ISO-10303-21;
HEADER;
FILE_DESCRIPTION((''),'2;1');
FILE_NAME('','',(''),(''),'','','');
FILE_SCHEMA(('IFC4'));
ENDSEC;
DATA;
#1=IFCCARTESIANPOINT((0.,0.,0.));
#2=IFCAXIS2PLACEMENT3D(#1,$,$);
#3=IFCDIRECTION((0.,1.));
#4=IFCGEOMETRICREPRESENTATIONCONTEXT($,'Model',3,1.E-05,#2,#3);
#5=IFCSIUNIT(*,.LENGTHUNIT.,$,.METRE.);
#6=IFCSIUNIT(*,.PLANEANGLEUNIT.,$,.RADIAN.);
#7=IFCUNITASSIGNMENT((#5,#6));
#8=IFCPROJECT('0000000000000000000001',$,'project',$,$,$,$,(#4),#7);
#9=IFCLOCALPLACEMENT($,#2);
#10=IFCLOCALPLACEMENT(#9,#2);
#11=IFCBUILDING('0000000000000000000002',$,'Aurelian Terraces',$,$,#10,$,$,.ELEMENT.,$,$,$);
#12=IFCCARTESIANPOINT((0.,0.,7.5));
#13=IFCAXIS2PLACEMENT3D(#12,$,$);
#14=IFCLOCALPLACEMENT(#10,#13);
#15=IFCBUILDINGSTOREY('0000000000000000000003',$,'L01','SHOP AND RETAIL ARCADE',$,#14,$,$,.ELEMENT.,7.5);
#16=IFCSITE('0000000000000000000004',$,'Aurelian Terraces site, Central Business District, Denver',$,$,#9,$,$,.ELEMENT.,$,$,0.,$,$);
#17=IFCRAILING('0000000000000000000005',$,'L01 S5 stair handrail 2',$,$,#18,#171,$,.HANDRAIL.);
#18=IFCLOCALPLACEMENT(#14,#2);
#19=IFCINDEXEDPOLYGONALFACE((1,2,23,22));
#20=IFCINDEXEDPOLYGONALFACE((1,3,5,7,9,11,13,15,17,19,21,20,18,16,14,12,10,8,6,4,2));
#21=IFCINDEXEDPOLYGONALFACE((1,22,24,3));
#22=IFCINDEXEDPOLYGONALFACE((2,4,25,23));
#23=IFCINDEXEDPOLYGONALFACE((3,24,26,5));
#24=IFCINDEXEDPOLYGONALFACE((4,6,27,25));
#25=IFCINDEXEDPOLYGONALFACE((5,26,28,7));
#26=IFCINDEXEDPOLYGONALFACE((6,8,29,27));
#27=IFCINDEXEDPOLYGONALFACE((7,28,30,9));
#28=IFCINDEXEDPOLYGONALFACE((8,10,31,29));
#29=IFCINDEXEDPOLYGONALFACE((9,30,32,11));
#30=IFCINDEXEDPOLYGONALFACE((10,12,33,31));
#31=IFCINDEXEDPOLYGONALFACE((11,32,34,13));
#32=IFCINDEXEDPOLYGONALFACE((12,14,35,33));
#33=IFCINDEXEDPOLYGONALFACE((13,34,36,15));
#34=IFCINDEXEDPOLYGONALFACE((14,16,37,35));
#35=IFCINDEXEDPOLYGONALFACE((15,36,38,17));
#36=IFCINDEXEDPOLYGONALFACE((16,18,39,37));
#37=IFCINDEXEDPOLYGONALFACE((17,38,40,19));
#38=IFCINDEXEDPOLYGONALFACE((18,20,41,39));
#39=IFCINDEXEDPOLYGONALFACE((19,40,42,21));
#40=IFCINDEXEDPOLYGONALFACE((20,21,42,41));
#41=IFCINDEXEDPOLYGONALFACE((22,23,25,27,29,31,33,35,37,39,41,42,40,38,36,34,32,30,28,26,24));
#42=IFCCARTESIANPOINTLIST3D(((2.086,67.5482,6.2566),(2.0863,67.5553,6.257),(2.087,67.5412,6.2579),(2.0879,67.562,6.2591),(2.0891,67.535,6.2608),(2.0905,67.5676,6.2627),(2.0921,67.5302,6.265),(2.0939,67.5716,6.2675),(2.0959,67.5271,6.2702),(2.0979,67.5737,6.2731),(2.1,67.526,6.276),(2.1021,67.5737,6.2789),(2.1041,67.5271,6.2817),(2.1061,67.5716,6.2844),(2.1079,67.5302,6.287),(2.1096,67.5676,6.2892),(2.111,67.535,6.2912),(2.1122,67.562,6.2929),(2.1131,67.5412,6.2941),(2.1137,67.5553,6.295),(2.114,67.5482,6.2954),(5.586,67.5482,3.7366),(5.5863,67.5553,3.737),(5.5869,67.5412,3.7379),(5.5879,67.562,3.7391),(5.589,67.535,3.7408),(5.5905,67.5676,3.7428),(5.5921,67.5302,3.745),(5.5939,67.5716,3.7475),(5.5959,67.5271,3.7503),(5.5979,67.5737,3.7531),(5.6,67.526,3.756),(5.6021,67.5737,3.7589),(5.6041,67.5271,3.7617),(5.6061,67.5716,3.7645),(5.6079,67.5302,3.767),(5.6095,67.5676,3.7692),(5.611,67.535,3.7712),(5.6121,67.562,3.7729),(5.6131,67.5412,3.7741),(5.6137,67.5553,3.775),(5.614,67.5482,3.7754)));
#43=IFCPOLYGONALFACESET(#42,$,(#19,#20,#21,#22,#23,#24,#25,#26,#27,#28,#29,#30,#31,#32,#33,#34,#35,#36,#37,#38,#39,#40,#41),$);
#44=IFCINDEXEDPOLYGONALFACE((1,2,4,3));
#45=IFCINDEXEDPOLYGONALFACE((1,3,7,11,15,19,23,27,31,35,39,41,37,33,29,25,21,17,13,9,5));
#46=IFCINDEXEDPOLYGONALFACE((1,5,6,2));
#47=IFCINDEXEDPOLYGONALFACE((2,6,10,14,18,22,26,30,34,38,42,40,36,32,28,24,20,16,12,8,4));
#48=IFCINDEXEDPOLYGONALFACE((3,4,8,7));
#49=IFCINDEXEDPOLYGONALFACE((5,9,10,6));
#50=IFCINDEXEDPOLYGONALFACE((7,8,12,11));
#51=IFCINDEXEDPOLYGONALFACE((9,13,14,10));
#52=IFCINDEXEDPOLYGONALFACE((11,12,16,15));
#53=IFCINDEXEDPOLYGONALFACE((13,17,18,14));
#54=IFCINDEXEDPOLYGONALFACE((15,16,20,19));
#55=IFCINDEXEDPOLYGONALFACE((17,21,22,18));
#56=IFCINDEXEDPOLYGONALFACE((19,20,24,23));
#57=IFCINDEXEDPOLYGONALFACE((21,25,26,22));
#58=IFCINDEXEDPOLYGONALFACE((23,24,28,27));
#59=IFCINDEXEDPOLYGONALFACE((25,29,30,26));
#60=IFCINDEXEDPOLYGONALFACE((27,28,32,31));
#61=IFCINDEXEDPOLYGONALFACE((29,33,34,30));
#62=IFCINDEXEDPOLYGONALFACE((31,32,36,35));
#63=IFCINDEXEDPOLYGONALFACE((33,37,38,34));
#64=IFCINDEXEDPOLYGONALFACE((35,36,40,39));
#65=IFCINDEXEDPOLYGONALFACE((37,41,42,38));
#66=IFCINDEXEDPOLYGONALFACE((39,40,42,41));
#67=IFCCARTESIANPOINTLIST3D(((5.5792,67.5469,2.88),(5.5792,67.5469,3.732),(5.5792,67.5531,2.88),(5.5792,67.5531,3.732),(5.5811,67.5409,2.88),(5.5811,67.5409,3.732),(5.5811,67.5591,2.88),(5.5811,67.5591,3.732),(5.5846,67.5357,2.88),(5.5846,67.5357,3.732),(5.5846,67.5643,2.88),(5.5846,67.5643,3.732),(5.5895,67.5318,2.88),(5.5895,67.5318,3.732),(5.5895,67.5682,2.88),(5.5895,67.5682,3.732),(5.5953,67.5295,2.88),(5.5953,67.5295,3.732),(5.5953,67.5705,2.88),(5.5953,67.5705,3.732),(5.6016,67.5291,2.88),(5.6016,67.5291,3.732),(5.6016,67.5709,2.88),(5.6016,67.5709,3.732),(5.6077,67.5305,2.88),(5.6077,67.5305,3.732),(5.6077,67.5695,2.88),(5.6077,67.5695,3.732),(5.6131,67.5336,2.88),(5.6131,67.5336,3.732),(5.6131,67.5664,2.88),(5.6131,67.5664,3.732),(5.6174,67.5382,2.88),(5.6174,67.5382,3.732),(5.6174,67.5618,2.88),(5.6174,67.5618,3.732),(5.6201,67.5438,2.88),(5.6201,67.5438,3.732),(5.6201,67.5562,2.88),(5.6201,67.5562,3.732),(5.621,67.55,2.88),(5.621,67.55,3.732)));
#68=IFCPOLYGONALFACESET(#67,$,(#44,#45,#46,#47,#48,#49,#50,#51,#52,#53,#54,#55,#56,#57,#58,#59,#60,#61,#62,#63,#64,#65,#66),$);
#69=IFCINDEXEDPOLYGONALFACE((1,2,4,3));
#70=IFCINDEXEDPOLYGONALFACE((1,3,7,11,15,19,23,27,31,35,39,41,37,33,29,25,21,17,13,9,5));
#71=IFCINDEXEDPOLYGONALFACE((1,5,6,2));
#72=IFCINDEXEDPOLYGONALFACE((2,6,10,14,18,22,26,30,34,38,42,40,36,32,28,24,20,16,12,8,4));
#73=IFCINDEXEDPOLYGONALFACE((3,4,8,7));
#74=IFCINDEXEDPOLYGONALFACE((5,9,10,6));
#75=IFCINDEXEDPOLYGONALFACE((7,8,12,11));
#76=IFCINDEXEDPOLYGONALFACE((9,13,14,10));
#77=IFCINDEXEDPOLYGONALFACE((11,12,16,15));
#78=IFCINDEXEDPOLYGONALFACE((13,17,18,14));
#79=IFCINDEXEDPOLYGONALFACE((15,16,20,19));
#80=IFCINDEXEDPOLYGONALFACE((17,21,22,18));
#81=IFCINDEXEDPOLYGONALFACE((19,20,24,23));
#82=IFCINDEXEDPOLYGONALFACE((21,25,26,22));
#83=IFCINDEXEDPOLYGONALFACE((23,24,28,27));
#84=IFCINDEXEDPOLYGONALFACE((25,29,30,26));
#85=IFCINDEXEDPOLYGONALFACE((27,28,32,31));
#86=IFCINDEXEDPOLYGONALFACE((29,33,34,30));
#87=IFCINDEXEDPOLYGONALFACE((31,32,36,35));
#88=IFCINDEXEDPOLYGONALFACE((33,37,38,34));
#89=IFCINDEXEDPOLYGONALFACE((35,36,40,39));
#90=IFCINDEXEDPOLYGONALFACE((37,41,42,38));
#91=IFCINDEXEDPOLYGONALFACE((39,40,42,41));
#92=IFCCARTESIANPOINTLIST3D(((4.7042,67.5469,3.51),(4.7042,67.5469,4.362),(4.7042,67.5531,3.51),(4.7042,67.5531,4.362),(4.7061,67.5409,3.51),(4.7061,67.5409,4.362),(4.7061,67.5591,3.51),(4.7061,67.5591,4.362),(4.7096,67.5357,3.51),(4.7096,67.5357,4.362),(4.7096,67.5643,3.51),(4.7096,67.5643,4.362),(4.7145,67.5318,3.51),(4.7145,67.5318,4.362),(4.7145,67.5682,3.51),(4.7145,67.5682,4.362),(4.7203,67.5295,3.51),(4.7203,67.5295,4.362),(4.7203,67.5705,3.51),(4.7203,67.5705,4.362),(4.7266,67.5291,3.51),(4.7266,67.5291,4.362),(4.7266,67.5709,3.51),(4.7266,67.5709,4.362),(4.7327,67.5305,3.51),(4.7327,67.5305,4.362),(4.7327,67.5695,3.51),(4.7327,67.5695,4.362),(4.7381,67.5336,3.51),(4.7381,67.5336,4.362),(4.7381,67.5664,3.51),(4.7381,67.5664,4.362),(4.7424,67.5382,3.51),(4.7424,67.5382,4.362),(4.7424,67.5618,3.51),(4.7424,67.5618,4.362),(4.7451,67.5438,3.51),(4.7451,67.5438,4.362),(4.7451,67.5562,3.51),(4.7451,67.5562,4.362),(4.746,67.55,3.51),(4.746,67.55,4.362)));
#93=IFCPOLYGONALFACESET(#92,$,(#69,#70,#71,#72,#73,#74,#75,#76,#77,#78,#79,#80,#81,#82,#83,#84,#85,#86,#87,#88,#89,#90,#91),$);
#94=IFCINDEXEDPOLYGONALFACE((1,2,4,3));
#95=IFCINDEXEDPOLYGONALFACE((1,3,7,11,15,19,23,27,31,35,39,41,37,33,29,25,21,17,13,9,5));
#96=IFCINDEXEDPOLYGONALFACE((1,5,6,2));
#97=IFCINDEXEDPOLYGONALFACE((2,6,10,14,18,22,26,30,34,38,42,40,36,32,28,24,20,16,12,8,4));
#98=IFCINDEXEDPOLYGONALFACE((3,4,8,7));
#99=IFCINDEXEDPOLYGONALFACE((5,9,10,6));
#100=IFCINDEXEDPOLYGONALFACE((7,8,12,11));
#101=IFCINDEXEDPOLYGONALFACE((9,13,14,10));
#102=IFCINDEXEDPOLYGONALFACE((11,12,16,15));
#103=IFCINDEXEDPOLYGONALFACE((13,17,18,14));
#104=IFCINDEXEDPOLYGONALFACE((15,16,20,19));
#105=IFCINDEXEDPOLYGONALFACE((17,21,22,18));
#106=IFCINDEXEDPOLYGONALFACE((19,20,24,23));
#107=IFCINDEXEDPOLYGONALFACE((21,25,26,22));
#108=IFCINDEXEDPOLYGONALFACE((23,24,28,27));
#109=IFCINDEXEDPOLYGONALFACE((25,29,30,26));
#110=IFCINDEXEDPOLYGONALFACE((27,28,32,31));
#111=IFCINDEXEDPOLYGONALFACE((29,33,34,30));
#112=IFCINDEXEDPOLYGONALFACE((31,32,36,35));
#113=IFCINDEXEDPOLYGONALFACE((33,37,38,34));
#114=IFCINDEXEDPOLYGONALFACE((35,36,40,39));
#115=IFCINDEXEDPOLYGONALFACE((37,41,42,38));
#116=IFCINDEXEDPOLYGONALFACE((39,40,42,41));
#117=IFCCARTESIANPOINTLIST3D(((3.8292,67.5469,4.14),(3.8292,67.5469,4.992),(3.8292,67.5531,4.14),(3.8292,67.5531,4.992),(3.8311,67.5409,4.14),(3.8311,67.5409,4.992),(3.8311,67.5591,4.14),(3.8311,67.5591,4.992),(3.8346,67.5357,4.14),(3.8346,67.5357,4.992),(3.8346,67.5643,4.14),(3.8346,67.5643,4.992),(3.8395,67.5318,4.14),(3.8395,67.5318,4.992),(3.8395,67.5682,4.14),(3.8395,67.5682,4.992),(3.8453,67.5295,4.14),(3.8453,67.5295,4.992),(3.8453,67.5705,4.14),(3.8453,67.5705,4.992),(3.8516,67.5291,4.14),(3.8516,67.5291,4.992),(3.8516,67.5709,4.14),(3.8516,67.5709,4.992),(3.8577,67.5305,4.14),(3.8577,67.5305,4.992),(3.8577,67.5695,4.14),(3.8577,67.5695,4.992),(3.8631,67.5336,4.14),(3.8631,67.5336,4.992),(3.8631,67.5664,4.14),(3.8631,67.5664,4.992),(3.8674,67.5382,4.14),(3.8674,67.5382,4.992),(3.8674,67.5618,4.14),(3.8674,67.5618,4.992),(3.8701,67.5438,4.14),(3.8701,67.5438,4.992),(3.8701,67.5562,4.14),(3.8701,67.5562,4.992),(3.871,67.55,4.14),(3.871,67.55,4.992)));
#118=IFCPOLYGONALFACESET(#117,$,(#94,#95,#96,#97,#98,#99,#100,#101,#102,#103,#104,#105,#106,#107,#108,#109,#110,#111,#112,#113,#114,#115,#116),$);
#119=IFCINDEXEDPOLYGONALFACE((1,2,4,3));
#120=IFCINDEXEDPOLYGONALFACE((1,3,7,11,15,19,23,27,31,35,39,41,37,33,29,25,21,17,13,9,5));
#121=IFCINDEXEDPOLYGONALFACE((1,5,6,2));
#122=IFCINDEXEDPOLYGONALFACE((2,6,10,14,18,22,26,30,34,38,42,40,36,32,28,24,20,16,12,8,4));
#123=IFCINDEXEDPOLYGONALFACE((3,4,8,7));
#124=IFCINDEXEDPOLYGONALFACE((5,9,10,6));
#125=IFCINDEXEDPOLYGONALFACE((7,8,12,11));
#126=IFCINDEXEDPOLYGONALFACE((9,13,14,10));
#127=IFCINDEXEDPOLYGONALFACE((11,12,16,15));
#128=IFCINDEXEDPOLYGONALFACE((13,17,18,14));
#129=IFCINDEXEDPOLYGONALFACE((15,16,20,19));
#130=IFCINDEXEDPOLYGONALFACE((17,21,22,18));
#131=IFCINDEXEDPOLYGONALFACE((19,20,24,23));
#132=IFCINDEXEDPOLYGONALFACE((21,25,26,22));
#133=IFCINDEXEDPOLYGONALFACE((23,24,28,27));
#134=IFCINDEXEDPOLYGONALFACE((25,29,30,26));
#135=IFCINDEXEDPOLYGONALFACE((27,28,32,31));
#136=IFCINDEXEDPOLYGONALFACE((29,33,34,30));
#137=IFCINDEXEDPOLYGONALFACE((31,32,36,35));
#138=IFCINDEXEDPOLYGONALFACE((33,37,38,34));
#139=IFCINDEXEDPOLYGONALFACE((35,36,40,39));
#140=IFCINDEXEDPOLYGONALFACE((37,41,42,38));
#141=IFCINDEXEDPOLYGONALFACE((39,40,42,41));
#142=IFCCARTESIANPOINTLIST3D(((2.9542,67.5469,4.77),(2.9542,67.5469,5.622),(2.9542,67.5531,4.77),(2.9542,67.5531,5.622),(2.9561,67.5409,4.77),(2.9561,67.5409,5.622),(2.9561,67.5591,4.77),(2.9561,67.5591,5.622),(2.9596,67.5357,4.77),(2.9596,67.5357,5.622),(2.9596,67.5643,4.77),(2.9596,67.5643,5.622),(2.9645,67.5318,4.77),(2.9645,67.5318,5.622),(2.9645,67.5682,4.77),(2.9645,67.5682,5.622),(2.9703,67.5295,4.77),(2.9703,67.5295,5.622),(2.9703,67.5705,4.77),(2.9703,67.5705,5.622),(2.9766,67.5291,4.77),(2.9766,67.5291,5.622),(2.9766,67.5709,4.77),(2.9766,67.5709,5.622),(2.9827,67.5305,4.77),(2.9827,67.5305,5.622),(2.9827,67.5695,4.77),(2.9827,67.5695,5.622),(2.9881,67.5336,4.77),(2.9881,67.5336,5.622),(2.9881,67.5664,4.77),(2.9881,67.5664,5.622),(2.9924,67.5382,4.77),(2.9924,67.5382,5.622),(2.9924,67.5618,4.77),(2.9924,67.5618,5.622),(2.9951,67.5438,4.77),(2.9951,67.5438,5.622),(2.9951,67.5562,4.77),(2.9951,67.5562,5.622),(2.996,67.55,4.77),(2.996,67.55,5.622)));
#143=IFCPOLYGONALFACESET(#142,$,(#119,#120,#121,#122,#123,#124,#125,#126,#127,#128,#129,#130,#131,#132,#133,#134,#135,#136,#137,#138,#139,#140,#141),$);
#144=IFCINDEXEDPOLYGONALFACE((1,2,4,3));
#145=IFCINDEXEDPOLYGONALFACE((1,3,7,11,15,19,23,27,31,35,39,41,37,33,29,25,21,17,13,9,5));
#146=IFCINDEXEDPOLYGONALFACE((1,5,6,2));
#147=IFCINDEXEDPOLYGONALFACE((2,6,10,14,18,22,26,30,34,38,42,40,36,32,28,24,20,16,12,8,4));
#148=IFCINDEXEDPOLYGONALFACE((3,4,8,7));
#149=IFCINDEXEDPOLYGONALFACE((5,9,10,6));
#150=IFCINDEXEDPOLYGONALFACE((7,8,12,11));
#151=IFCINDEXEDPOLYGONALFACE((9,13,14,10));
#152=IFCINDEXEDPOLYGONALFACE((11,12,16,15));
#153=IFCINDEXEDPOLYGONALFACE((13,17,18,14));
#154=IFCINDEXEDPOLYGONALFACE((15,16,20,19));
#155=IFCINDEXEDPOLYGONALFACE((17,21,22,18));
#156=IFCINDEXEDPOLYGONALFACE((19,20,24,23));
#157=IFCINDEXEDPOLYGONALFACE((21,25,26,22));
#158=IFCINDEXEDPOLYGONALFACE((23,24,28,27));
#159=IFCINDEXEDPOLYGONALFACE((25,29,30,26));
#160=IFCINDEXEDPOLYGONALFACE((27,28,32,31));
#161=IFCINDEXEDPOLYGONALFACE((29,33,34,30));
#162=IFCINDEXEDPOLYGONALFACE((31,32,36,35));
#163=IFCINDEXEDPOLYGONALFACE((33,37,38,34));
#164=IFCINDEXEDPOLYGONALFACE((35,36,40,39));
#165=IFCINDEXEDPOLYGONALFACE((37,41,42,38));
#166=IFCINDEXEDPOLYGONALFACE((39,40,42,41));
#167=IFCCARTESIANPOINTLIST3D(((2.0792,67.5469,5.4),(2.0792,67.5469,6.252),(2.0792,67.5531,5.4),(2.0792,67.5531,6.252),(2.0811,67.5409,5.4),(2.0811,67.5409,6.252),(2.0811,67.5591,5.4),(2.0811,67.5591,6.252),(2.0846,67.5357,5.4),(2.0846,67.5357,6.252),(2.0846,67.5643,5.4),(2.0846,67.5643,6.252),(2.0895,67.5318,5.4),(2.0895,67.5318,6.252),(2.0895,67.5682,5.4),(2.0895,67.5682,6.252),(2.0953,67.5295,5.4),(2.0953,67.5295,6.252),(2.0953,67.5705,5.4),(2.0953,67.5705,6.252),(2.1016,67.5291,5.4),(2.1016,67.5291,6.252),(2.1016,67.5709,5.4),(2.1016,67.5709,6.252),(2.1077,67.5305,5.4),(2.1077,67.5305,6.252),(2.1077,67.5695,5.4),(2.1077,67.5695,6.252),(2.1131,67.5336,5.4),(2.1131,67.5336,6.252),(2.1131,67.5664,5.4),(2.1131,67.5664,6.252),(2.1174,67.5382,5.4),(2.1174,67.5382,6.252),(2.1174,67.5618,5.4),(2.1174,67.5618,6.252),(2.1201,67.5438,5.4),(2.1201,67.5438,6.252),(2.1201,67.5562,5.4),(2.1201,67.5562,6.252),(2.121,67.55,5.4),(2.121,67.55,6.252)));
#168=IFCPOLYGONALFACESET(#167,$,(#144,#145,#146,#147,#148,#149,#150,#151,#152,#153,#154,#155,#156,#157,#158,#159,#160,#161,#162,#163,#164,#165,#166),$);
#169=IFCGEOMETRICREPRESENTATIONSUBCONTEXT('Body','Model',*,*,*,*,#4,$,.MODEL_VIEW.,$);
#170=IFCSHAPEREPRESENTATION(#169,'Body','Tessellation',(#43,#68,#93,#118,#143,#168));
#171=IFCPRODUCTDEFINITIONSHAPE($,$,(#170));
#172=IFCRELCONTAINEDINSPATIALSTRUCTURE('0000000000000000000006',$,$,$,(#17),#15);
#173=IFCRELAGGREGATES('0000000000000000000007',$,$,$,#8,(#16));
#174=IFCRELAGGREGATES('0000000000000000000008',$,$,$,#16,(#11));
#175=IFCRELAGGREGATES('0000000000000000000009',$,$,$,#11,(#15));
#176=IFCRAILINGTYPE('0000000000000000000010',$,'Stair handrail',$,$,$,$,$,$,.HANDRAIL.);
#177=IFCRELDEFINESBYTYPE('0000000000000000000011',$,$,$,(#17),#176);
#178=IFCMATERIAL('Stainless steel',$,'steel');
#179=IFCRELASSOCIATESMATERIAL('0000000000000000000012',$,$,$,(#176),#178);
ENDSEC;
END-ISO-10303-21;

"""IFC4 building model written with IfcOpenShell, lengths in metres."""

from ifc_helpers import new_model, si_unit, direction, frame, origin, origin_2d, place, context, subcontext, project, spatial, circle, extrude, source, transform, mapped, material, type_object, element, save


model = new_model("IFC4")

# Units and contexts
model_context = context("Model", 3, precision=1e-05, world=origin(), true_north=direction((0.0, 1.0)))
body_context = subcontext(model_context, "Body", "Model", "MODEL_VIEW")
ifc_project = project(units=[si_unit("LENGTHUNIT", "METRE"), si_unit("PLANEANGLEUNIT", "RADIAN")], contexts=[model_context])

# Site, building, storey
site_placement = place(None, origin())
site = spatial("IfcSite", under=ifc_project, at=site_placement, Name="Aurelian Terraces site, Central Business District, Denver", CompositionType="ELEMENT", RefElevation=0.0)
building_placement = place(site_placement, origin())
building = spatial("IfcBuilding", under=site, at=building_placement, Name="Aurelian Terraces", CompositionType="ELEMENT")
storey_placement = place(building_placement, frame((0.0, 0.0, 7.5)))
storey = spatial("IfcBuildingStorey", under=building, at=storey_placement, Name="L01", Description="SHOP AND RETAIL ARCADE", CompositionType="ELEMENT", Elevation=7.5)

# Railing
ifc_material_1 = material(Name="Stainless steel", Category="steel")
railing_type_1 = type_object("IfcRailingType", Name="Stair handrail", PredefinedType="HANDRAIL", material=ifc_material_1)
shared_shape_1 = source(origin(), body_context, "Body", "SweptSolid", [
    extrude(circle(Radius=0.024, at=origin_2d()), frame((0.0, 0.0, 0.876), z_axis=(-0.811534, 0.0, 0.584305), x_axis=(0.0, -1.0, 0.0)), (0.0, 0.0, 1.0), 4.3128),
    extrude(circle(Radius=0.021, at=origin_2d()), origin(), (0.0, 0.0, 1.0), 0.852),
    extrude(circle(Radius=0.021, at=origin_2d()), frame((-0.875, 0.0, 0.63)), (0.0, 0.0, 1.0), 0.852),
    extrude(circle(Radius=0.021, at=origin_2d()), frame((-1.75, 0.0, 1.26)), (0.0, 0.0, 1.0), 0.852),
    extrude(circle(Radius=0.021, at=origin_2d()), frame((-2.625, 0.0, 1.89)), (0.0, 0.0, 1.0), 0.852),
    extrude(circle(Radius=0.021, at=origin_2d()), frame((-3.5, 0.0, 2.52)), (0.0, 0.0, 1.0), 0.852),
])
railing_1_placement = place(storey_placement, frame((5.6, 67.55, 2.88)))
element("IfcRailing", 1, at=railing_1_placement, inside=storey, type_object=railing_type_1, Name="L01 S5 stair handrail 2", PredefinedType="HANDRAIL", context=body_context, shape_type="MappedRepresentation", body=[
    mapped(shared_shape_1, transform((0.0, 0.0, 0.0), scale=1.0)),
])

save(model, "model.ifc")
